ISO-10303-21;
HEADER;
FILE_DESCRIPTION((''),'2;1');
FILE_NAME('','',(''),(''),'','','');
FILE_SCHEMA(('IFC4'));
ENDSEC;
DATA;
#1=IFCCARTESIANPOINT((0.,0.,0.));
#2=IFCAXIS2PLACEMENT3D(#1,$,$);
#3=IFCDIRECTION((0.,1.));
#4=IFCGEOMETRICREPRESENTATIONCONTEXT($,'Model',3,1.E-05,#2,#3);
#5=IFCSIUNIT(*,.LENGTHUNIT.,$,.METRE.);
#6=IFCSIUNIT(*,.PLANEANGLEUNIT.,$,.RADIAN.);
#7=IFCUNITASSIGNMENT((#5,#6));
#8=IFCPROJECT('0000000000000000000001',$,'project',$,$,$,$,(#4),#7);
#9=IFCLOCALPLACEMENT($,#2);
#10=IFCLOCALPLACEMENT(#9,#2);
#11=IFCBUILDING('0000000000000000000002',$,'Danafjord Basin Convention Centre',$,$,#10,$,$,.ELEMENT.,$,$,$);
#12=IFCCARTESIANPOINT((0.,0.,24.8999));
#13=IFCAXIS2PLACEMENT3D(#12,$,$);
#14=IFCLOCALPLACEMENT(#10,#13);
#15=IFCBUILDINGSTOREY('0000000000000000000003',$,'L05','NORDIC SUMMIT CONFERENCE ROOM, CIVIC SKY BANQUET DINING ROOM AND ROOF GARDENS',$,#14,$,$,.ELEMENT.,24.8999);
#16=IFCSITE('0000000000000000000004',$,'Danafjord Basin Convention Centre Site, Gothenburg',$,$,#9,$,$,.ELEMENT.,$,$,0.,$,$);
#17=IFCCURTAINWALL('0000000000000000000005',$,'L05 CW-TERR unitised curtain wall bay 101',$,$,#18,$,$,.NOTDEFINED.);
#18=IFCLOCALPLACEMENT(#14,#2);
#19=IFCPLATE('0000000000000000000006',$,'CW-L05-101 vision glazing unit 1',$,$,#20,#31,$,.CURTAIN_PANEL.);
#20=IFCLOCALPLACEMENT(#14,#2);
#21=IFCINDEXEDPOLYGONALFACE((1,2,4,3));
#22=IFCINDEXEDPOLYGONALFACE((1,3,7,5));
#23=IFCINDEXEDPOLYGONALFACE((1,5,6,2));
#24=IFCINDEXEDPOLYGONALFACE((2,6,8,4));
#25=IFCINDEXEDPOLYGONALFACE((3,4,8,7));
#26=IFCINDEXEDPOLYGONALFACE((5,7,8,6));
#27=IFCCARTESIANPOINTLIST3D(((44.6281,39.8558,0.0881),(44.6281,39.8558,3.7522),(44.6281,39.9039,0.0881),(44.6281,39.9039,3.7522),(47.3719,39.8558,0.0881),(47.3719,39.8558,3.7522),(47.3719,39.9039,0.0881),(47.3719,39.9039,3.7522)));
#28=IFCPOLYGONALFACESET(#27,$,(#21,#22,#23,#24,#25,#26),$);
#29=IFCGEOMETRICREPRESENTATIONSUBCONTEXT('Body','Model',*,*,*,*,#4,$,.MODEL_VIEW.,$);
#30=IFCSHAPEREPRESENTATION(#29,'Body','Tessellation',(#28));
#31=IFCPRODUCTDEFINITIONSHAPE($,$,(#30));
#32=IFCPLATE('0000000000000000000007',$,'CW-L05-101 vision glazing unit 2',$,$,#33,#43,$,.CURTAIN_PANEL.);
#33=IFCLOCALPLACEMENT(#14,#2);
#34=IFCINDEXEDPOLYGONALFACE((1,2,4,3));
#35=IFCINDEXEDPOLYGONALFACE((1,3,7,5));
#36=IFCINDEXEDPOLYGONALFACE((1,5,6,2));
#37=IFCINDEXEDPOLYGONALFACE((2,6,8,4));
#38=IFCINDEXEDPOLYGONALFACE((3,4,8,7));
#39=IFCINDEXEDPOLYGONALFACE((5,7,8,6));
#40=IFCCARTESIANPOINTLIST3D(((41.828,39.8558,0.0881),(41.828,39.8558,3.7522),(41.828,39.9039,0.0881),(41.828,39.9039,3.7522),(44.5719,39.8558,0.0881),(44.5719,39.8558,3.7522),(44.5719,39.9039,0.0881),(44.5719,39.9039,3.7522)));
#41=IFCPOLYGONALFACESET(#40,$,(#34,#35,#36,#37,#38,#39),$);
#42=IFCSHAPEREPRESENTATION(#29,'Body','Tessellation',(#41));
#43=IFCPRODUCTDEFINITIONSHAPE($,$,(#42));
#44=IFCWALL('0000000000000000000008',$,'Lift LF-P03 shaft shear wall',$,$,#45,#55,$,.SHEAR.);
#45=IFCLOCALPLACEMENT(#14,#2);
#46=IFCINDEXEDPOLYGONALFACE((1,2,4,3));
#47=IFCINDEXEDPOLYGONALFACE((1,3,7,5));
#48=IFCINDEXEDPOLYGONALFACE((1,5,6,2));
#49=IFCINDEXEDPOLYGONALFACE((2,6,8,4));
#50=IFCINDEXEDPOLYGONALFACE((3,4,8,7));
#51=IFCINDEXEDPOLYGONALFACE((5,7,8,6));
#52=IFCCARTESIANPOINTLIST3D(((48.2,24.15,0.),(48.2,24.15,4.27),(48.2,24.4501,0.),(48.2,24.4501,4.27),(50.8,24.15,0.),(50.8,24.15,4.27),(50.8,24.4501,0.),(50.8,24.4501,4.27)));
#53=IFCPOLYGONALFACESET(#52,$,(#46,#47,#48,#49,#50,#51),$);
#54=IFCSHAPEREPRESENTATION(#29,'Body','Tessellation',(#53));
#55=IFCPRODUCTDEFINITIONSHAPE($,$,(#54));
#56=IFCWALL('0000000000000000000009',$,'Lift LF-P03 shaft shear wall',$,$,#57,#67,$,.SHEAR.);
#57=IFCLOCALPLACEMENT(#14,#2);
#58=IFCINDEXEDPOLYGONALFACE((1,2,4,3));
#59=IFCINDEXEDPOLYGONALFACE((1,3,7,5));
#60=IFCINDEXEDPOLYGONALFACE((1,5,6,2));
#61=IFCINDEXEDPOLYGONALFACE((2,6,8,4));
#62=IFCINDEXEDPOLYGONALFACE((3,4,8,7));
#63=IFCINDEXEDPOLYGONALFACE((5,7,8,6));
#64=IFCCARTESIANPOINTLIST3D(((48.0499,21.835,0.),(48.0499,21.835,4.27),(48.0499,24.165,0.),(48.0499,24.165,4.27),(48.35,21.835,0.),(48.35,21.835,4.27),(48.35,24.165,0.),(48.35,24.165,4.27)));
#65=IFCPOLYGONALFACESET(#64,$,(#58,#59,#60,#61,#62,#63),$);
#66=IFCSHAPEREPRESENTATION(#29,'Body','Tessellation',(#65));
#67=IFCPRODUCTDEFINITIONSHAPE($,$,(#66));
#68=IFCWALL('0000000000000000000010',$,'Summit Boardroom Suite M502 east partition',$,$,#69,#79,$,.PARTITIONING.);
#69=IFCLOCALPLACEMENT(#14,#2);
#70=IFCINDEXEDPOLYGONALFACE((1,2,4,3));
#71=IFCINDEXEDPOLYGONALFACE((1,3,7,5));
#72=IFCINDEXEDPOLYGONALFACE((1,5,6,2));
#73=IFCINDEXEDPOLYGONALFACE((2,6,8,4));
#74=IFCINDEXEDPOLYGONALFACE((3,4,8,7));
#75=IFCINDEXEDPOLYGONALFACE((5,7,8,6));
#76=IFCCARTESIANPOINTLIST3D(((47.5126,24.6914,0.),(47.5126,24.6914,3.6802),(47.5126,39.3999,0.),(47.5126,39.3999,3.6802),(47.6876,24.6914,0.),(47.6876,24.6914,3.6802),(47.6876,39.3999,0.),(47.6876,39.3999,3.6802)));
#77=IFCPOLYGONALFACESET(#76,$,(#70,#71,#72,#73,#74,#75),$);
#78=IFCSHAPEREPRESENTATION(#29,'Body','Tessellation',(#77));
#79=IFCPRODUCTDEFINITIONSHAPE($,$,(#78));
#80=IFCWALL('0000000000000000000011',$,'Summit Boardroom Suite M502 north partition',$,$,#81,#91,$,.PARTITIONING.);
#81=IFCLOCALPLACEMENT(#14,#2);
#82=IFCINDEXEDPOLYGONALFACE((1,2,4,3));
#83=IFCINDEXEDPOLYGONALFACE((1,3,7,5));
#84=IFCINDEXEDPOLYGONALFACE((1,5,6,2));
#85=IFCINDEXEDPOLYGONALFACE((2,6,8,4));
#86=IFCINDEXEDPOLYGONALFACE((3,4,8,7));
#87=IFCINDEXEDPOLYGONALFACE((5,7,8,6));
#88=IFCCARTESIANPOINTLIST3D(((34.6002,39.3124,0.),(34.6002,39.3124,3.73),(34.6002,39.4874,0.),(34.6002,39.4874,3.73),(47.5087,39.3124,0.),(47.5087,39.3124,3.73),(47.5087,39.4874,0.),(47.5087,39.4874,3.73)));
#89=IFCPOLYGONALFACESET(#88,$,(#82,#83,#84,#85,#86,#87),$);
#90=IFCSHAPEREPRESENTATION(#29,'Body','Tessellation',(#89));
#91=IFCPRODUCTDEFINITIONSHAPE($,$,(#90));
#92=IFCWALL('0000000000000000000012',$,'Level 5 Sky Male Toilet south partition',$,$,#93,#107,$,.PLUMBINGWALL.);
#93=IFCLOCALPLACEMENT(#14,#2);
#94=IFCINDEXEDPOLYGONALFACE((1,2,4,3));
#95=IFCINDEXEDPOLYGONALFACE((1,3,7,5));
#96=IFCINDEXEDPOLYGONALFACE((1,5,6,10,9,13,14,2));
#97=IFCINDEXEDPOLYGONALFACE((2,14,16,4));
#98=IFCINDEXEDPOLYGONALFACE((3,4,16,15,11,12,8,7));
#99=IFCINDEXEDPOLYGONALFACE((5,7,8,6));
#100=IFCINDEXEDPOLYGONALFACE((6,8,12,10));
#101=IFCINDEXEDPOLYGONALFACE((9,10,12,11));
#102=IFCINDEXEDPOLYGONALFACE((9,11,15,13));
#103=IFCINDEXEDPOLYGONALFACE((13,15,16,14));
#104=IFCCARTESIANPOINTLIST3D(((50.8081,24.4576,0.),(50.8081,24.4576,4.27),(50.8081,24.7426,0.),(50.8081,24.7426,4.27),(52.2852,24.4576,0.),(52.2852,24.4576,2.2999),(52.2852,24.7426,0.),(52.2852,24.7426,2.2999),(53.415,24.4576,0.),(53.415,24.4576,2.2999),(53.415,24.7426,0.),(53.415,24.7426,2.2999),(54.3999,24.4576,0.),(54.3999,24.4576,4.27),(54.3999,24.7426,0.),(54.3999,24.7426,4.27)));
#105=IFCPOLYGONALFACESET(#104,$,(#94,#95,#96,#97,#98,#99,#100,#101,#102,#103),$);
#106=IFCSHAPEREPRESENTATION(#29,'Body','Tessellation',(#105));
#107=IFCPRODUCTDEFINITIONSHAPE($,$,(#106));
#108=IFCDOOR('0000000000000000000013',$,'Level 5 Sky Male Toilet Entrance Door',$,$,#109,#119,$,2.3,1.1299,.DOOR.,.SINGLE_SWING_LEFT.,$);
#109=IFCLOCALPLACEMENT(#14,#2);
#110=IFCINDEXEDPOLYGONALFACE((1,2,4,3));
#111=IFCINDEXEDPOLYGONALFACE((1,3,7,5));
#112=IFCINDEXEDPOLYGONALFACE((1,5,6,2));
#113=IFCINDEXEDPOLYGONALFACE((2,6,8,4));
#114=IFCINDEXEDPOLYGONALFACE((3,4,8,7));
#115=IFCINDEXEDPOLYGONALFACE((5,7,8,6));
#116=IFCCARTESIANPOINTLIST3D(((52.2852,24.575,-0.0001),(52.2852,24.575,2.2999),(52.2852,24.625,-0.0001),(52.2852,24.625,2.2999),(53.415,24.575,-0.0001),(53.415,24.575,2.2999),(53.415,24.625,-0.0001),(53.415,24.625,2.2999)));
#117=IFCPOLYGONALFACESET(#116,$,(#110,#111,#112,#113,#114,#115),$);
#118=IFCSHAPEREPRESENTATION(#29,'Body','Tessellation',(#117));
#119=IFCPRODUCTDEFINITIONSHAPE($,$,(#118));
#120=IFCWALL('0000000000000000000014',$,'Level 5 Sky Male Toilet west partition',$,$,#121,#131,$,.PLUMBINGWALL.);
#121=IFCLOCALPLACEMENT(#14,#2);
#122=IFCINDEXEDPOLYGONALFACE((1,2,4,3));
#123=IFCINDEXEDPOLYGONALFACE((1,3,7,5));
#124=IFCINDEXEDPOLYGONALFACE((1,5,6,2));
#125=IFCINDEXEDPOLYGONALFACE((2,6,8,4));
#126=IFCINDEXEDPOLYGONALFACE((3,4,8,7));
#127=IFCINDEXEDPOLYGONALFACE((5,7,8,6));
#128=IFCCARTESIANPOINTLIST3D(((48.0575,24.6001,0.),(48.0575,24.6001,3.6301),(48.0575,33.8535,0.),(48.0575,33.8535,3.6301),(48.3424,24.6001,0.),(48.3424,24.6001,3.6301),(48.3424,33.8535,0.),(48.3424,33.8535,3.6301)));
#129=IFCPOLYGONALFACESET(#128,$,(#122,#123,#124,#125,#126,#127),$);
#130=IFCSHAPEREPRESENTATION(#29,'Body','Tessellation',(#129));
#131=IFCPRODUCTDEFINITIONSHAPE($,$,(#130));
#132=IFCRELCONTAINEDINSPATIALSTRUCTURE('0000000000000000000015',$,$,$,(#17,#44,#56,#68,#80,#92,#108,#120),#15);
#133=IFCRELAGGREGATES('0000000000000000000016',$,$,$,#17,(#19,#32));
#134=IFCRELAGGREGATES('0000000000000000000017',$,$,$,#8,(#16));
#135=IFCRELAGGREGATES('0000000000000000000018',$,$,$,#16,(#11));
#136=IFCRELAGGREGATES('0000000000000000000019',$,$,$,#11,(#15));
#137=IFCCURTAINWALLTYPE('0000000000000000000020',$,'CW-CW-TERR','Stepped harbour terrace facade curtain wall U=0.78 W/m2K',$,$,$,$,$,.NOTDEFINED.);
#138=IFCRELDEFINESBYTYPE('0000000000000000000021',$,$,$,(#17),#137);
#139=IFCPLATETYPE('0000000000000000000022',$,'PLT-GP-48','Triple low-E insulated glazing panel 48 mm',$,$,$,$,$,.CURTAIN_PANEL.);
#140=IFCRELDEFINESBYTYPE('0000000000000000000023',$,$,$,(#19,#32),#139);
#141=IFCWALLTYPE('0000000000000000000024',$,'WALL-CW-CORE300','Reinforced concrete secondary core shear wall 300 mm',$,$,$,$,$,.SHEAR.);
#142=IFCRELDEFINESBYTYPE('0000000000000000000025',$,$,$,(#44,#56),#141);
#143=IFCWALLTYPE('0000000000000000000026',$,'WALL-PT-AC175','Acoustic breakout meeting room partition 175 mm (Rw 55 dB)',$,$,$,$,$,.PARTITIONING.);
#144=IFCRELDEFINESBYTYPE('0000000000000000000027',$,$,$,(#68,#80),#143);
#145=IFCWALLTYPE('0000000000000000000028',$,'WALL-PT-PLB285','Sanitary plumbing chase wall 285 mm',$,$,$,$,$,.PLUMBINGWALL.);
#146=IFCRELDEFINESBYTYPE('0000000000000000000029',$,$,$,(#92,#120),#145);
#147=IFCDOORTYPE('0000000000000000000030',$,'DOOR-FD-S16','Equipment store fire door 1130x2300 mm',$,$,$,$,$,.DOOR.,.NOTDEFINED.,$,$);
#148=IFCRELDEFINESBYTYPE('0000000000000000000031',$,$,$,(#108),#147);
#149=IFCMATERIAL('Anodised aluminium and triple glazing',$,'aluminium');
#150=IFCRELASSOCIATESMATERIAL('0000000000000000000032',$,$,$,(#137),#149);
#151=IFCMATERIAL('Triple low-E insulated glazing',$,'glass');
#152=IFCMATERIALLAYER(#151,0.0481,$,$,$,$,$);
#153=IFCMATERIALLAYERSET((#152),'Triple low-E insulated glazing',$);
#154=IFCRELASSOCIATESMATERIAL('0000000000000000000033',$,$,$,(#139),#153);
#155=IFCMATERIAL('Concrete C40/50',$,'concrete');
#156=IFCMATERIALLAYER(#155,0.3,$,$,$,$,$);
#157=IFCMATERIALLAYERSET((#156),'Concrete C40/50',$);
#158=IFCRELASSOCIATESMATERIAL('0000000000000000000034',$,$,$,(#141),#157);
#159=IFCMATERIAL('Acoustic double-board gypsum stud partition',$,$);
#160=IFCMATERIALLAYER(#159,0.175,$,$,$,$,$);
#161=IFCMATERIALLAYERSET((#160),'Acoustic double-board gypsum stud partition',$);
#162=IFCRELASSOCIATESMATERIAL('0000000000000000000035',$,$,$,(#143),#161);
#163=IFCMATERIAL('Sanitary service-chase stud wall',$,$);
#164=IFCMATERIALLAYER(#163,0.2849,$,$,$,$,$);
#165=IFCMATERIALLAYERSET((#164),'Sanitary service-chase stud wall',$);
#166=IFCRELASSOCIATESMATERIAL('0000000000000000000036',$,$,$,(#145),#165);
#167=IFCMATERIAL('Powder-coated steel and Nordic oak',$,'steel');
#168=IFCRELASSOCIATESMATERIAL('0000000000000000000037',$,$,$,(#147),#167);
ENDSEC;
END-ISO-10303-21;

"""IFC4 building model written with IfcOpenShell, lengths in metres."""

from ifc_helpers import new_model, si_unit, direction, frame, frame_2d, origin, origin_2d, place, context, subcontext, project, spatial, rectangle, extrude, material, layer, layer_set, type_object, element, fill, aggregate, save


model = new_model("IFC4")

# Units and contexts
model_context = context("Model", 3, precision=1e-05, world=origin(), true_north=direction((0.0, 1.0)))
body_context = subcontext(model_context, "Body", "Model", "MODEL_VIEW")
ifc_project = project(units=[si_unit("LENGTHUNIT", "METRE"), si_unit("PLANEANGLEUNIT", "RADIAN")], contexts=[model_context])

# Site, building, storey
site_placement = place(None, origin())
site = spatial("IfcSite", under=ifc_project, at=site_placement, Name="Danafjord Basin Convention Centre Site, Gothenburg", CompositionType="ELEMENT", RefElevation=0.0)
building_placement = place(site_placement, origin())
building = spatial("IfcBuilding", under=site, at=building_placement, Name="Danafjord Basin Convention Centre", CompositionType="ELEMENT")
storey_placement = place(building_placement, frame((0.0, 0.0, 24.8999)))
storey = spatial("IfcBuildingStorey", under=building, at=storey_placement, Name="L05", Description="NORDIC SUMMIT CONFERENCE ROOM, CIVIC SKY BANQUET DINING ROOM AND ROOF GARDENS", CompositionType="ELEMENT", Elevation=24.8999)

# Curtain wall
ifc_material_1 = material(Name="Anodised aluminium and triple glazing", Category="aluminium")
curtain_wall_type = type_object("IfcCurtainWallType", Name="CW-CW-TERR", Description="Stepped harbour terrace facade curtain wall U=0.78 W/m2K", PredefinedType="NOTDEFINED", material=ifc_material_1)
curtain_wall_1_placement = place(storey_placement, origin())
curtain_wall_1 = element("IfcCurtainWall", 1, at=curtain_wall_1_placement, inside=storey, type_object=curtain_wall_type, Name="L05 CW-TERR unitised curtain wall bay 101", PredefinedType="NOTDEFINED")

# Plates
ifc_material_2 = material(Name="Triple low-E insulated glazing", Category="glass")
ifc_layer_1 = layer(ifc_material_2, 0.0481)
ifc_layer_set_1 = layer_set([ifc_layer_1], Name="Triple low-E insulated glazing")
plate_type_1 = type_object("IfcPlateType", Name="PLT-GP-48", Description="Triple low-E insulated glazing panel 48 mm", PredefinedType="CURTAIN_PANEL", material=ifc_layer_set_1)
plate_1_placement = place(storey_placement, frame((46.0, 39.8799, 0.0881), z_axis=(0.0, 0.0, 1.0), x_axis=(-1.0, 0.0, 0.0)))
plate_1 = element("IfcPlate", 2, at=plate_1_placement, type_object=plate_type_1, Name="CW-L05-101 vision glazing unit 1", PredefinedType="CURTAIN_PANEL", context=body_context, shape_type="SweptSolid", body=[
    extrude(rectangle(XDim=2.7439, YDim=0.0481, at=origin_2d()), origin(), (0.0, 0.0, 1.0), 3.6641),
])
plate_2_placement = place(storey_placement, frame((43.2, 39.8799, 0.0881), z_axis=(0.0, 0.0, 1.0), x_axis=(-1.0, 0.0, 0.0)))
plate_2 = element("IfcPlate", 3, at=plate_2_placement, type_object=plate_type_1, Name="CW-L05-101 vision glazing unit 2", PredefinedType="CURTAIN_PANEL", context=body_context, shape_type="SweptSolid", body=[
    extrude(rectangle(XDim=2.7439, YDim=0.0481, at=origin_2d()), origin(), (0.0, 0.0, 1.0), 3.6641),
])
aggregate(curtain_wall_1, [plate_1, plate_2])

# Walls
ifc_material_3 = material(Name="Concrete C40/50", Category="concrete")
ifc_layer_2 = layer(ifc_material_3, 0.3)
ifc_layer_set_2 = layer_set([ifc_layer_2], Name="Concrete C40/50")
wall_type_1 = type_object("IfcWallType", Name="WALL-CW-CORE300", Description="Reinforced concrete secondary core shear wall 300 mm", PredefinedType="SHEAR", material=ifc_layer_set_2)
wall_1_placement = place(storey_placement, frame((50.8, 24.3, 0.0), z_axis=(0.0, 0.0, 1.0), x_axis=(-1.0, 0.0, 0.0)))
element("IfcWall", 4, at=wall_1_placement, inside=storey, type_object=wall_type_1, Name="Lift LF-P03 shaft shear wall", PredefinedType="SHEAR", context=body_context, shape_type="SweptSolid", body=[
    extrude(rectangle(XDim=2.6001, YDim=0.3, at=frame_2d((1.3, 0.0))), origin(), (0.0, 0.0, 1.0), 4.27),
])
wall_2_placement = place(storey_placement, frame((48.2, 24.165, 0.0), z_axis=(0.0, 0.0, 1.0), x_axis=(0.0, -1.0, 0.0)))
element("IfcWall", 5, at=wall_2_placement, inside=storey, type_object=wall_type_1, Name="Lift LF-P03 shaft shear wall", PredefinedType="SHEAR", context=body_context, shape_type="SweptSolid", body=[
    extrude(rectangle(XDim=2.3301, YDim=0.3, at=frame_2d((1.165, 0.0))), origin(), (0.0, 0.0, 1.0), 4.27),
])
ifc_material_4 = material(Name="Acoustic double-board gypsum stud partition")
ifc_layer_3 = layer(ifc_material_4, 0.175)
ifc_layer_set_3 = layer_set([ifc_layer_3], Name="Acoustic double-board gypsum stud partition")
wall_type_2 = type_object("IfcWallType", Name="WALL-PT-AC175", Description="Acoustic breakout meeting room partition 175 mm (Rw 55 dB)", PredefinedType="PARTITIONING", material=ifc_layer_set_3)
wall_3_placement = place(storey_placement, frame((47.6001, 24.6914, 0.0), z_axis=(0.0, 0.0, 1.0), x_axis=(0.0, 1.0, 0.0)))
element("IfcWall", 6, at=wall_3_placement, inside=storey, type_object=wall_type_2, Name="Summit Boardroom Suite M502 east partition", PredefinedType="PARTITIONING", context=body_context, shape_type="SweptSolid", body=[
    extrude(rectangle(XDim=14.7085, YDim=0.175, at=frame_2d((7.3542, 0.0))), origin(), (0.0, 0.0, 1.0), 3.6802),
])
wall_4_placement = place(storey_placement, frame((47.5085, 39.3999, 0.0), z_axis=(0.0, 0.0, 1.0), x_axis=(-1.0, 0.0, 0.0)))
element("IfcWall", 7, at=wall_4_placement, inside=storey, type_object=wall_type_2, Name="Summit Boardroom Suite M502 north partition", PredefinedType="PARTITIONING", context=body_context, shape_type="SweptSolid", body=[
    extrude(rectangle(XDim=12.9084, YDim=0.175, at=frame_2d((6.4541, 0.0))), origin(), (0.0, 0.0, 1.0), 3.73),
])

# Wall, opening, door
ifc_material_5 = material(Name="Sanitary service-chase stud wall")
ifc_layer_4 = layer(ifc_material_5, 0.2849)
ifc_layer_set_4 = layer_set([ifc_layer_4], Name="Sanitary service-chase stud wall")
wall_type_3 = type_object("IfcWallType", Name="WALL-PT-PLB285", Description="Sanitary plumbing chase wall 285 mm", PredefinedType="PLUMBINGWALL", material=ifc_layer_set_4)
wall_5_placement = place(storey_placement, frame((50.8081, 24.6001, 0.0), z_axis=(0.0, 0.0, 1.0), x_axis=(1.0, 0.0, 0.0)))
wall_5 = element("IfcWall", 8, at=wall_5_placement, inside=storey, type_object=wall_type_3, Name="Level 5 Sky Male Toilet south partition", PredefinedType="PLUMBINGWALL", context=body_context, shape_type="SweptSolid", body=[
    extrude(rectangle(XDim=3.5918, YDim=0.2849, at=frame_2d((1.7959, 0.0))), origin(), (0.0, 0.0, 1.0), 4.27),
])
opening_placement = place(wall_5_placement, frame((1.4771, 0.0, 0.0)))
opening = element("IfcOpeningElement", 9, at=opening_placement, cuts=wall_5, PredefinedType="OPENING", context=body_context, shape_type="SweptSolid", body=[
    extrude(rectangle(XDim=1.1299, YDim=2.3, at=frame_2d((0.5649, 1.1499))), frame((0.0, 0.1523, 0.0), z_axis=(0.0, -1.0, 0.0), x_axis=(1.0, 0.0, 0.0)), (0.0, 0.0, 1.0), 0.3049),
])
ifc_material_6 = material(Name="Powder-coated steel and Nordic oak", Category="steel")
door_type = type_object("IfcDoorType", Name="DOOR-FD-S16", Description="Equipment store fire door 1130x2300 mm", OperationType="NOTDEFINED", PredefinedType="DOOR", material=ifc_material_6)
door_placement = place(opening_placement, origin())
door = element("IfcDoor", 10, at=door_placement, inside=storey, type_object=door_type, Name="Level 5 Sky Male Toilet Entrance Door", OperationType="SINGLE_SWING_LEFT", OverallHeight=2.3, OverallWidth=1.1299, PredefinedType="DOOR", context=body_context, shape_type="SweptSolid", body=[
    extrude(rectangle(XDim=1.1299, YDim=2.3, at=frame_2d((0.5649, 1.1499))), frame((0.0, 0.0249, 0.0), z_axis=(0.0, -1.0, 0.0), x_axis=(1.0, 0.0, 0.0)), (0.0, 0.0, 1.0), 0.05),
])
fill(opening, door)

# Wall
wall_6_placement = place(storey_placement, frame((48.2, 33.8535, 0.0), z_axis=(0.0, 0.0, 1.0), x_axis=(0.0, -1.0, 0.0)))
element("IfcWall", 11, at=wall_6_placement, inside=storey, type_object=wall_type_3, Name="Level 5 Sky Male Toilet west partition", PredefinedType="PLUMBINGWALL", context=body_context, shape_type="SweptSolid", body=[
    extrude(rectangle(XDim=9.2534, YDim=0.2849, at=frame_2d((4.6267, 0.0))), origin(), (0.0, 0.0, 1.0), 3.6301),
])

save(model, "model.ifc")
